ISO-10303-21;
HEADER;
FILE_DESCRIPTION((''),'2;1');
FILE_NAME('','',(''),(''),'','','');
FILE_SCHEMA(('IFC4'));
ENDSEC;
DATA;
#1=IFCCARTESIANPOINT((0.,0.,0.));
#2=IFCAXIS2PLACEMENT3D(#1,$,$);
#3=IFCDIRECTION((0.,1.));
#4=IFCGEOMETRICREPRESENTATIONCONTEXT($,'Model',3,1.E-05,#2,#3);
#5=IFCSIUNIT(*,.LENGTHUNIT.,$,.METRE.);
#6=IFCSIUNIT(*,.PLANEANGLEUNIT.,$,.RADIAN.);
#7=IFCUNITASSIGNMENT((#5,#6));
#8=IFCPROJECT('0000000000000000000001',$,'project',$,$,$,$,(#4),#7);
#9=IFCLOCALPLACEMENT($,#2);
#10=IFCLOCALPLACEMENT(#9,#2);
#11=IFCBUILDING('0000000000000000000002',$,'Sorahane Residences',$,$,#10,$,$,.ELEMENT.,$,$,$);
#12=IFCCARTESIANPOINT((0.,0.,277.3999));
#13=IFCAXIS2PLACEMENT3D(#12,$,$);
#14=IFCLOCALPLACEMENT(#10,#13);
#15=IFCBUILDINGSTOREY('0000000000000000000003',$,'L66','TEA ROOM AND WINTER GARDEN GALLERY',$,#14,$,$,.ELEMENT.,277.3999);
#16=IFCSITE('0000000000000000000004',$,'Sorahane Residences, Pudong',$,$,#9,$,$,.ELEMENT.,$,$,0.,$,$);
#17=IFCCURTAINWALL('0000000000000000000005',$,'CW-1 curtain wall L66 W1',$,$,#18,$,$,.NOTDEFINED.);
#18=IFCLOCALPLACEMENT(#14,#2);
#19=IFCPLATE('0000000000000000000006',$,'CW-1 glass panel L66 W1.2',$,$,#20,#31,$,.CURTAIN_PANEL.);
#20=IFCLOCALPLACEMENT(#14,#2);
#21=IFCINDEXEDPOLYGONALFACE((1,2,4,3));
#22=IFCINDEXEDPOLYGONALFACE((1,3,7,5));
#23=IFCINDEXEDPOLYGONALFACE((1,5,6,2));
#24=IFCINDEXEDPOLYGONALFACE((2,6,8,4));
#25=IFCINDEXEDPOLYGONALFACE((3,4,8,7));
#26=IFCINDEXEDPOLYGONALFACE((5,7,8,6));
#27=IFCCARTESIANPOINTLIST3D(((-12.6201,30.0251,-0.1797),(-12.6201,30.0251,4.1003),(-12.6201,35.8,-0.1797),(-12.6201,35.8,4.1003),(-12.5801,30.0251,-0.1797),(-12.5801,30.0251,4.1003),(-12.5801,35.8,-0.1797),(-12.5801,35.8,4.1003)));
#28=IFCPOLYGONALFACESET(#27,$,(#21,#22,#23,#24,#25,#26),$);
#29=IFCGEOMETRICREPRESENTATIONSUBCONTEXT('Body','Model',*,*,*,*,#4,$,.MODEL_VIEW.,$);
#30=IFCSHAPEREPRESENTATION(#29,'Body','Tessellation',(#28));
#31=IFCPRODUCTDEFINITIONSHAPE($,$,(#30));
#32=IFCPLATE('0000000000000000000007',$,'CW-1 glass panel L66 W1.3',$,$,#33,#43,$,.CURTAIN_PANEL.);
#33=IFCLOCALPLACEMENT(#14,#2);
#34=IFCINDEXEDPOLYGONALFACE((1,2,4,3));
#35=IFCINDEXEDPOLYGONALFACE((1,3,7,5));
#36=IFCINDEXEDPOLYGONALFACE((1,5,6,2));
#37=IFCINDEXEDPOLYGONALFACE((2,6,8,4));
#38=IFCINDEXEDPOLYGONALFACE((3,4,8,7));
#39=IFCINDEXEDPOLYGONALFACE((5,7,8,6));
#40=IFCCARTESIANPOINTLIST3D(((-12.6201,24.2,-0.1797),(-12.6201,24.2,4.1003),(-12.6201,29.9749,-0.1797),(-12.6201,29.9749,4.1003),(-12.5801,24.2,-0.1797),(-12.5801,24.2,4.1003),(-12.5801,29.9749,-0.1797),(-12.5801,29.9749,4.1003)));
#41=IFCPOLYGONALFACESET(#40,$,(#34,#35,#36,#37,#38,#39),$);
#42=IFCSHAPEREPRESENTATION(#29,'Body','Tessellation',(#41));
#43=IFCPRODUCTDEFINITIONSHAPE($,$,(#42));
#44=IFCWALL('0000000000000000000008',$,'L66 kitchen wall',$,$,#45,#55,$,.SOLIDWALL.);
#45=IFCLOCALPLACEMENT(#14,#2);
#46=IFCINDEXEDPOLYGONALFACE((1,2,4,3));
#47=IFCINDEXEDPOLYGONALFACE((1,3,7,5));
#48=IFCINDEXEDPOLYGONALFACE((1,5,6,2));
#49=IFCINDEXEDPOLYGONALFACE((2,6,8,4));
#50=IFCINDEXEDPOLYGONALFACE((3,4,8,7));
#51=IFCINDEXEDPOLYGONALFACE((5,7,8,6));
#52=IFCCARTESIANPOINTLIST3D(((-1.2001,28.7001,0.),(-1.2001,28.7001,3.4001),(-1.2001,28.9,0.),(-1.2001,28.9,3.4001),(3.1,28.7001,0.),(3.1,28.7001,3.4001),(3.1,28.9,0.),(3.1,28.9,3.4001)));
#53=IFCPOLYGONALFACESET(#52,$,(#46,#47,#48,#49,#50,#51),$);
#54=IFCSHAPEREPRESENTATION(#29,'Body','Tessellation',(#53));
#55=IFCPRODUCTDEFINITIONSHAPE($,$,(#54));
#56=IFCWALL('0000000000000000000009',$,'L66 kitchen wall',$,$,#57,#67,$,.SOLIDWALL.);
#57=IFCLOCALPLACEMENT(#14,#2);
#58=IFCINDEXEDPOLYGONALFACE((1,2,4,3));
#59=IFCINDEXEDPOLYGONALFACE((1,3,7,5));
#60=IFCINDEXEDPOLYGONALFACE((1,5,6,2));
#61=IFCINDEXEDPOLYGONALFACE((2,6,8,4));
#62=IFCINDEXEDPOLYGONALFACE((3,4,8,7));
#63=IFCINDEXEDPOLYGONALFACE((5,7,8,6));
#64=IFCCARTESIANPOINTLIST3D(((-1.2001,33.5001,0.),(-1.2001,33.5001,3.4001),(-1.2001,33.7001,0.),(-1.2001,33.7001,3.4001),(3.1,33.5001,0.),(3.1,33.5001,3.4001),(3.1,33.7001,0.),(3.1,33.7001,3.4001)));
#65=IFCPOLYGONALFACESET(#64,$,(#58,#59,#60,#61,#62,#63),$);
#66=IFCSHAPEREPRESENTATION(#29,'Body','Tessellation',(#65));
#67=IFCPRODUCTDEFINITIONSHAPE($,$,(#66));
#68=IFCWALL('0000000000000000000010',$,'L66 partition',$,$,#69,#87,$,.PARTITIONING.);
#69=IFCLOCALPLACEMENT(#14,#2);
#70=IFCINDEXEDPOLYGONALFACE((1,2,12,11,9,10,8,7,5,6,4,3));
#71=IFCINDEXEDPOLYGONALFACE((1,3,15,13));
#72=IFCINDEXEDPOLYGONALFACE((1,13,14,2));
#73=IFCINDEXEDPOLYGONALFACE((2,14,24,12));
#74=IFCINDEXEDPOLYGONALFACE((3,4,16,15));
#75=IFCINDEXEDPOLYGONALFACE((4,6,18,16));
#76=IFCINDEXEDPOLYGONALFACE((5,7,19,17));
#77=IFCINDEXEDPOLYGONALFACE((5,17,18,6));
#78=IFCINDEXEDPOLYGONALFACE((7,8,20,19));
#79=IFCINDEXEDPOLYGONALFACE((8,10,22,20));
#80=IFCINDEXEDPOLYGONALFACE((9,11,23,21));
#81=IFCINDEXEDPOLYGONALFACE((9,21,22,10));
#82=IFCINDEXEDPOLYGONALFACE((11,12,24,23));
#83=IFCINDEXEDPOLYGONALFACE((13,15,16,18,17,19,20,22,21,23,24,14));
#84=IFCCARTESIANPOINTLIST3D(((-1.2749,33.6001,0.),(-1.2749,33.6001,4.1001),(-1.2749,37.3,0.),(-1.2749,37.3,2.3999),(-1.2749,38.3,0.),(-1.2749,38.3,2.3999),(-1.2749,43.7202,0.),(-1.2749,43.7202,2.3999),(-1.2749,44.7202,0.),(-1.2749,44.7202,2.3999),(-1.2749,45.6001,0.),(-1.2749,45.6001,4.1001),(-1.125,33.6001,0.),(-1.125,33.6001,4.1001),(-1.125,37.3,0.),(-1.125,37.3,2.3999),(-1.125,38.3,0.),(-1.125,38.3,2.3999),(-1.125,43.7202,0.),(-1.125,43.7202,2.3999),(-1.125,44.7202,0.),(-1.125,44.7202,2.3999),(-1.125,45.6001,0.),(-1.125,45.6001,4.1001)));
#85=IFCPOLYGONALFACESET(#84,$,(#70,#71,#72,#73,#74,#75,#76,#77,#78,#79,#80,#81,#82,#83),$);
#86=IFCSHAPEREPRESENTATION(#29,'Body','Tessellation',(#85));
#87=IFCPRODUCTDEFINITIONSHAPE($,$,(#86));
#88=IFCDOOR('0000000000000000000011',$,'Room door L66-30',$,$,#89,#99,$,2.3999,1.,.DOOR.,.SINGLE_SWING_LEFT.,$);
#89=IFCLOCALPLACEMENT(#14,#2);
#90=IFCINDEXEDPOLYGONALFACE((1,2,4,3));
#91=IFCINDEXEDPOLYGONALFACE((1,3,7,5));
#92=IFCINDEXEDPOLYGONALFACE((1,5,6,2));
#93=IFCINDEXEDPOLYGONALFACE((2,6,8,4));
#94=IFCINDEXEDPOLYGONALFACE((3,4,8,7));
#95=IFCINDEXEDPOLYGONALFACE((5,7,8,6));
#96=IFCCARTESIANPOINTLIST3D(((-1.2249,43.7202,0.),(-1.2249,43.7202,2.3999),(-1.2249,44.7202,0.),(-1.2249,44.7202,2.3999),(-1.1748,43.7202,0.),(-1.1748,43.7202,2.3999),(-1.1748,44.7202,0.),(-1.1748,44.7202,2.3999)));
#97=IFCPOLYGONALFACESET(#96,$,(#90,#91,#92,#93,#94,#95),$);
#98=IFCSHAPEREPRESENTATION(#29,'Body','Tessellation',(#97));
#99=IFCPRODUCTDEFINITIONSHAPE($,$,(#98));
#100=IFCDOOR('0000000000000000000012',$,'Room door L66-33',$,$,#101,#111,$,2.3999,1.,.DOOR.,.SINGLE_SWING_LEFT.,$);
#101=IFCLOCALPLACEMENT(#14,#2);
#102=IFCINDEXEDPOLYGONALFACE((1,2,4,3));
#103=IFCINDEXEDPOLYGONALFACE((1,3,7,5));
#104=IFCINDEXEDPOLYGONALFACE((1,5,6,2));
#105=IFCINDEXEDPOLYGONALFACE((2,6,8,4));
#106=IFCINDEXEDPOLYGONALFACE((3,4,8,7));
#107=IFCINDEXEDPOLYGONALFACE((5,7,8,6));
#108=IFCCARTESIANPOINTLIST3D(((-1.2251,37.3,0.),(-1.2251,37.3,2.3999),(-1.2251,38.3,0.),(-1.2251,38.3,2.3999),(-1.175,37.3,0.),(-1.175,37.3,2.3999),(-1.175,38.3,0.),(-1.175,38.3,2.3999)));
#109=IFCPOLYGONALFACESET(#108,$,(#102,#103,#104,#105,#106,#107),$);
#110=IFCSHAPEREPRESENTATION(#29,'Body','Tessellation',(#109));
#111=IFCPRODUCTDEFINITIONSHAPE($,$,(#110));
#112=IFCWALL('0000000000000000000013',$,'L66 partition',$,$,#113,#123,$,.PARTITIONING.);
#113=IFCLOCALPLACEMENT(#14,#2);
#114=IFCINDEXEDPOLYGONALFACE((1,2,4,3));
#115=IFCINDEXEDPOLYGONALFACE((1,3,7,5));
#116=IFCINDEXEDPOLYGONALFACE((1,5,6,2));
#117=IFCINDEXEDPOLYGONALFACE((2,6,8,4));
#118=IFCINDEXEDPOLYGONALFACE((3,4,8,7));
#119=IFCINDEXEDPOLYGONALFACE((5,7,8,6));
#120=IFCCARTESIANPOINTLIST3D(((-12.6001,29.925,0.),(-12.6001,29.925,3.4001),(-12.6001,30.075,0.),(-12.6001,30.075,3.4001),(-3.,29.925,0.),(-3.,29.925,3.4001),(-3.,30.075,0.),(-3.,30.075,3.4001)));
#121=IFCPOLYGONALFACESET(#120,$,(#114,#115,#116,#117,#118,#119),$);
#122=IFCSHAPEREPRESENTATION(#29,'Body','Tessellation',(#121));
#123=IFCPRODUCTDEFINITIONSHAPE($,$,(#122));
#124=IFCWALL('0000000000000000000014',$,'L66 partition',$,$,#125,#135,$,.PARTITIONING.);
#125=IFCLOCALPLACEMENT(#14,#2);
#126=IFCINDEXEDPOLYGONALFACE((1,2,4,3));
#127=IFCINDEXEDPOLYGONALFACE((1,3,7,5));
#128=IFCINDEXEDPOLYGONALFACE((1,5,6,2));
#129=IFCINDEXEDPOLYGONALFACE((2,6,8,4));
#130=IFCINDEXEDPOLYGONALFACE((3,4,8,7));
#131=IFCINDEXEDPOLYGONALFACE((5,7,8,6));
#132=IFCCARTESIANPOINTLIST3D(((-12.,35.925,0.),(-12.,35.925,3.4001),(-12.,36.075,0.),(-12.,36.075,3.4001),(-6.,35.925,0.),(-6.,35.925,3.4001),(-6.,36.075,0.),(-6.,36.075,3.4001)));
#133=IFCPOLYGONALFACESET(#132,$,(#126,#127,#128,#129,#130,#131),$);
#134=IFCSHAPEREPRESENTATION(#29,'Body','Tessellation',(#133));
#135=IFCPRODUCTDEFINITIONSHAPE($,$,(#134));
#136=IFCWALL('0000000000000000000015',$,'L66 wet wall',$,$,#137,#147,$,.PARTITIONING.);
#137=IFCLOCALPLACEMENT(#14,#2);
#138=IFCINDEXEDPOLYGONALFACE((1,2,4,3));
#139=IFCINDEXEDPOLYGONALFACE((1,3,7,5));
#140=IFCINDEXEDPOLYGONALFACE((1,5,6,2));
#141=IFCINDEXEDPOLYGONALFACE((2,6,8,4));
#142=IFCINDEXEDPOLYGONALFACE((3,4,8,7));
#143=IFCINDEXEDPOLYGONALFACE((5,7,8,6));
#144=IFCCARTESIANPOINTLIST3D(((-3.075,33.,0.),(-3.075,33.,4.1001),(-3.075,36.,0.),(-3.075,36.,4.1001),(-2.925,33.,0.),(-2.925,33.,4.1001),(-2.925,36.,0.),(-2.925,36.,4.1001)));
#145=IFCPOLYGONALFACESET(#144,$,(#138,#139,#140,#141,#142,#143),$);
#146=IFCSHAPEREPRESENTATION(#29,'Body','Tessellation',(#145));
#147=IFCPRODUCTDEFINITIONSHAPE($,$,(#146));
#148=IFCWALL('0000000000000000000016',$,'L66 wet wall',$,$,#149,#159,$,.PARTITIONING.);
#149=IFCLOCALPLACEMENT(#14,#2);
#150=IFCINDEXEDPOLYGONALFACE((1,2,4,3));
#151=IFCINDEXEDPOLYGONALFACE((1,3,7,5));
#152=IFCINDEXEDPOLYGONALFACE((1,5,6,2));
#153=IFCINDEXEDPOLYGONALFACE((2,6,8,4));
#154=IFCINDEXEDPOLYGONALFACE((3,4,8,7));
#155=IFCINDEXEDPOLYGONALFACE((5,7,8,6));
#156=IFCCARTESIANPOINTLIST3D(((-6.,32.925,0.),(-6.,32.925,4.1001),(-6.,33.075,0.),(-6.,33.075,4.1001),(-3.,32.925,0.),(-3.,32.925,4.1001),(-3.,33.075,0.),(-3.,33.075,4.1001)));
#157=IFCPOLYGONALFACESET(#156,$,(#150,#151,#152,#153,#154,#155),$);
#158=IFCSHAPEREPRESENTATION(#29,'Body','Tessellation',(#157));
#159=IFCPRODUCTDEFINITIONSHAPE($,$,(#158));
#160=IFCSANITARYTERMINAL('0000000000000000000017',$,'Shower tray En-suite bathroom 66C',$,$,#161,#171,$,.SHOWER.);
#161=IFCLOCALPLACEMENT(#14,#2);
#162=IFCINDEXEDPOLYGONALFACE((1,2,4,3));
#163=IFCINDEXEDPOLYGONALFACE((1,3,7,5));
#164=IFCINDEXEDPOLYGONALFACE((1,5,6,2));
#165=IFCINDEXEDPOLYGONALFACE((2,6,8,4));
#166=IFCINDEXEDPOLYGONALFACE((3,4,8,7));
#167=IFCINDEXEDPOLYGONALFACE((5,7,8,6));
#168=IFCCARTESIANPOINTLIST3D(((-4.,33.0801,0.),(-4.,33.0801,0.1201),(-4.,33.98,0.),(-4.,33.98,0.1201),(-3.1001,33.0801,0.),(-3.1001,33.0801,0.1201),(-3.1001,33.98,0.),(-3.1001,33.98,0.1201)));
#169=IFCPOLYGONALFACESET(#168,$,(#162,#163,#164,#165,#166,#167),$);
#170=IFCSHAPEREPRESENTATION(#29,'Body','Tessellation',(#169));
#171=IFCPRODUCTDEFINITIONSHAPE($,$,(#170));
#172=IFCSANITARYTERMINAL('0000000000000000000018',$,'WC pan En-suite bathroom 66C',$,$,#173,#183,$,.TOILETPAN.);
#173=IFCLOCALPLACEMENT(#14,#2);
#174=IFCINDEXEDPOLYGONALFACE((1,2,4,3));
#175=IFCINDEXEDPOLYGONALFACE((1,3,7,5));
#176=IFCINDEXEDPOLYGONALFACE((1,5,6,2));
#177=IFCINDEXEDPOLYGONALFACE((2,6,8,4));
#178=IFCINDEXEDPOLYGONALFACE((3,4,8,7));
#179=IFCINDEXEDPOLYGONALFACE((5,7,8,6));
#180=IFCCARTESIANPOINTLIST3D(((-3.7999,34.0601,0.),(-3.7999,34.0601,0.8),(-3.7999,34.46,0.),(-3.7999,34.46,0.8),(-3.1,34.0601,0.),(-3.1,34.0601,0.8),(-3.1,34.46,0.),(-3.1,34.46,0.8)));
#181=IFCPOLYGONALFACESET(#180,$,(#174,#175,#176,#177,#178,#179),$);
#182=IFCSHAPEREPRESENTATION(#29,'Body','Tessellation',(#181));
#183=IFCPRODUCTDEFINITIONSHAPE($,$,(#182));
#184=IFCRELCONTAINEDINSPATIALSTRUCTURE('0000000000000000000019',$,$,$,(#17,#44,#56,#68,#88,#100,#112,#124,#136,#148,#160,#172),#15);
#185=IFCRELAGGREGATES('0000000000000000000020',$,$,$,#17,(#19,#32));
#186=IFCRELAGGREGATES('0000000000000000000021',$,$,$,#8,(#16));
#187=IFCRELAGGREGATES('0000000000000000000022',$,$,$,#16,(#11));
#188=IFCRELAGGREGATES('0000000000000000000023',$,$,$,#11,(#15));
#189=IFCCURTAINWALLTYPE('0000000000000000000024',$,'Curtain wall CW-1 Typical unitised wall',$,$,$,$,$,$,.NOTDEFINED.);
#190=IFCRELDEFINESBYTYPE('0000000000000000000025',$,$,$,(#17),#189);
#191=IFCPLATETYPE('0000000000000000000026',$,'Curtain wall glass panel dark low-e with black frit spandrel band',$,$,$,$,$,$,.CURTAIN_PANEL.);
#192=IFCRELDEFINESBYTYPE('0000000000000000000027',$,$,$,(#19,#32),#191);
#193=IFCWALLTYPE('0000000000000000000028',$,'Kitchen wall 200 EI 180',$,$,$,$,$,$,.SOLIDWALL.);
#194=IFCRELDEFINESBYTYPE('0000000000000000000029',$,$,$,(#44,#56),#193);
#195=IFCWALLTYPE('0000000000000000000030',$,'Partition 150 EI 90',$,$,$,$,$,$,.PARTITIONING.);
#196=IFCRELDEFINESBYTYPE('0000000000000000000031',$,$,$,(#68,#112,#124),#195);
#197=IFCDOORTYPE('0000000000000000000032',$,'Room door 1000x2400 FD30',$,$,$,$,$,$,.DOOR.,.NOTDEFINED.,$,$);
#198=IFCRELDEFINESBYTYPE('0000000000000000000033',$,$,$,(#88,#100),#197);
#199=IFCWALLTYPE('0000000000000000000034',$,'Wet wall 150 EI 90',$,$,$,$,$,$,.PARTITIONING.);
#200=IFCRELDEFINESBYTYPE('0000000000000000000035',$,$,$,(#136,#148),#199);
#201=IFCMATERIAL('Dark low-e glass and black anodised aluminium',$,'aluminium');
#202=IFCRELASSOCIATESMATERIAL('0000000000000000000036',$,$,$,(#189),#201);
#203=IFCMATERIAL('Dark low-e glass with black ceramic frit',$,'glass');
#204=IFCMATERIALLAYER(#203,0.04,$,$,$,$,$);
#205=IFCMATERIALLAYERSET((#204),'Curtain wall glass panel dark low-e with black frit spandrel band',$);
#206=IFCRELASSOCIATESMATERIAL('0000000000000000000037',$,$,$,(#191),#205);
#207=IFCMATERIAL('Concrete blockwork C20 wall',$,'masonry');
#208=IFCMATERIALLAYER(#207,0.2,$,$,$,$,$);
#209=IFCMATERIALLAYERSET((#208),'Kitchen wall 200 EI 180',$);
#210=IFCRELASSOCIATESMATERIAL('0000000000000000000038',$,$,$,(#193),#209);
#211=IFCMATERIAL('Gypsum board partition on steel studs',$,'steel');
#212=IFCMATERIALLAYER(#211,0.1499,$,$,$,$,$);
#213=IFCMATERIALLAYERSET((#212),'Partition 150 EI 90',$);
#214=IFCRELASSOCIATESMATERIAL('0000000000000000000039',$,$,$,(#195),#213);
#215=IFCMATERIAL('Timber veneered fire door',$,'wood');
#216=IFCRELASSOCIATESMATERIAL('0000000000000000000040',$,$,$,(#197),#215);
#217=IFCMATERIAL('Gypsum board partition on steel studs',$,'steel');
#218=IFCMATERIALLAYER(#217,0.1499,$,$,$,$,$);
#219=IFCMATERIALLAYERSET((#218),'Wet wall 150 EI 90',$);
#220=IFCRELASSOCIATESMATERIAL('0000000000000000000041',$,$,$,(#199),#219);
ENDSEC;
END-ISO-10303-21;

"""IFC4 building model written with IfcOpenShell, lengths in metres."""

from ifc_helpers import new_model, si_unit, direction, frame, frame_2d, origin, origin_2d, place, context, subcontext, project, spatial, rectangle, extrude, material, layer, layer_set, type_object, element, fill, aggregate, save


model = new_model("IFC4")

# Units and contexts
model_context = context("Model", 3, precision=1e-05, world=origin(), true_north=direction((0.0, 1.0)))
body_context = subcontext(model_context, "Body", "Model", "MODEL_VIEW")
ifc_project = project(units=[si_unit("LENGTHUNIT", "METRE"), si_unit("PLANEANGLEUNIT", "RADIAN")], contexts=[model_context])

# Site, building, storey
site_placement = place(None, origin())
site = spatial("IfcSite", under=ifc_project, at=site_placement, Name="Sorahane Residences, Pudong", CompositionType="ELEMENT", RefElevation=0.0)
building_placement = place(site_placement, origin())
building = spatial("IfcBuilding", under=site, at=building_placement, Name="Sorahane Residences", CompositionType="ELEMENT")
storey_placement = place(building_placement, frame((0.0, 0.0, 277.3999)))
storey = spatial("IfcBuildingStorey", under=building, at=storey_placement, Name="L66", Description="TEA ROOM AND WINTER GARDEN GALLERY", CompositionType="ELEMENT", Elevation=277.3999)

# Curtain wall
ifc_material_1 = material(Name="Dark low-e glass and black anodised aluminium", Category="aluminium")
curtain_wall_type = type_object("IfcCurtainWallType", Name="Curtain wall CW-1 Typical unitised wall", PredefinedType="NOTDEFINED", material=ifc_material_1)
curtain_wall_placement = place(storey_placement, origin())
curtain_wall = element("IfcCurtainWall", 1, at=curtain_wall_placement, inside=storey, type_object=curtain_wall_type, Name="CW-1 curtain wall L66 W1", PredefinedType="NOTDEFINED")

# Plates
ifc_material_2 = material(Name="Dark low-e glass with black ceramic frit", Category="glass")
ifc_layer_1 = layer(ifc_material_2, 0.04)
ifc_layer_set_1 = layer_set([ifc_layer_1], Name="Curtain wall glass panel dark low-e with black frit spandrel band")
plate_type = type_object("IfcPlateType", Name="Curtain wall glass panel dark low-e with black frit spandrel band", PredefinedType="CURTAIN_PANEL", material=ifc_layer_set_1)
plate_1_placement = place(storey_placement, frame((-12.6001, 32.9126, -0.1797), z_axis=(0.0, 0.0, 1.0), x_axis=(0.0, -1.0, 0.0)))
plate_1 = element("IfcPlate", 2, at=plate_1_placement, type_object=plate_type, Name="CW-1 glass panel L66 W1.2", PredefinedType="CURTAIN_PANEL", context=body_context, shape_type="SweptSolid", body=[
    extrude(rectangle(XDim=5.7749, YDim=0.04, at=origin_2d()), origin(), (0.0, 0.0, 1.0), 4.28),
])
plate_2_placement = place(storey_placement, frame((-12.6001, 27.0874, -0.1797), z_axis=(0.0, 0.0, 1.0), x_axis=(0.0, -1.0, 0.0)))
plate_2 = element("IfcPlate", 3, at=plate_2_placement, type_object=plate_type, Name="CW-1 glass panel L66 W1.3", PredefinedType="CURTAIN_PANEL", context=body_context, shape_type="SweptSolid", body=[
    extrude(rectangle(XDim=5.7749, YDim=0.04, at=origin_2d()), origin(), (0.0, 0.0, 1.0), 4.28),
])
aggregate(curtain_wall, [plate_1, plate_2])

# Shared definitions
ifc_material_3 = material(Name="Concrete blockwork C20 wall", Category="masonry")
ifc_layer_2 = layer(ifc_material_3, 0.2)
ifc_layer_set_2 = layer_set([ifc_layer_2], Name="Kitchen wall 200 EI 180")
wall_type_1 = type_object("IfcWallType", Name="Kitchen wall 200 EI 180", PredefinedType="SOLIDWALL", material=ifc_layer_set_2)

# Walls
for number, where, z_axis, x_axis, name in (
    (4, (-1.2, 28.8, 0.0), (0.0, 0.0, 1.0), (1.0, 0.0, 0.0), "L66 kitchen wall"),
    (5, (-1.2, 33.6001, 0.0), (0.0, 0.0, 1.0), (1.0, 0.0, 0.0), "L66 kitchen wall"),
):
    element("IfcWall", number, at=place(storey_placement, frame(where, z_axis=z_axis, x_axis=x_axis)), inside=storey, type_object=wall_type_1, Name=name, PredefinedType="SOLIDWALL", context=body_context, shape_type="SweptSolid", body=[
        extrude(rectangle(XDim=4.3, YDim=0.2, at=frame_2d((2.1499, 0.0))), origin(), (0.0, 0.0, 1.0), 3.4001),
    ])

# Wall, openings, doors
ifc_material_4 = material(Name="Gypsum board partition on steel studs", Category="steel")
ifc_layer_3 = layer(ifc_material_4, 0.1499)
ifc_layer_set_3 = layer_set([ifc_layer_3], Name="Partition 150 EI 90")
wall_type_2 = type_object("IfcWallType", Name="Partition 150 EI 90", PredefinedType="PARTITIONING", material=ifc_layer_set_3)
wall_1_placement = place(storey_placement, frame((-1.2, 33.6001, 0.0), z_axis=(0.0, 0.0, 1.0), x_axis=(0.0, 1.0, 0.0)))
wall_1 = element("IfcWall", 6, at=wall_1_placement, inside=storey, type_object=wall_type_2, Name="L66 partition", PredefinedType="PARTITIONING", context=body_context, shape_type="SweptSolid", body=[
    extrude(rectangle(XDim=12.0, YDim=0.1499, at=frame_2d((6.0, 0.0))), origin(), (0.0, 0.0, 1.0), 4.1001),
])
opening_1_placement = place(wall_1_placement, frame((10.1201, 0.0, 0.0)))
opening_1 = element("IfcOpeningElement", 7, at=opening_1_placement, cuts=wall_1, PredefinedType="OPENING", context=body_context, shape_type="SweptSolid", body=[
    extrude(rectangle(XDim=1.0, YDim=2.3999, at=frame_2d((0.5, 1.2))), frame((0.0, 0.085, 0.0), z_axis=(0.0, -1.0, 0.0), x_axis=(1.0, 0.0, 0.0)), (0.0, 0.0, 1.0), 0.1699),
])
opening_2_placement = place(wall_1_placement, frame((3.7, 0.0, 0.0)))
opening_2 = element("IfcOpeningElement", 8, at=opening_2_placement, cuts=wall_1, PredefinedType="OPENING", context=body_context, shape_type="SweptSolid", body=[
    extrude(rectangle(XDim=1.0, YDim=2.3999, at=frame_2d((0.5, 1.2))), frame((0.0, 0.085, 0.0), z_axis=(0.0, -1.0, 0.0), x_axis=(1.0, 0.0, 0.0)), (0.0, 0.0, 1.0), 0.1699),
])
ifc_material_5 = material(Name="Timber veneered fire door", Category="wood")
door_type_1 = type_object("IfcDoorType", Name="Room door 1000x2400 FD30", OperationType="NOTDEFINED", PredefinedType="DOOR", material=ifc_material_5)
door_1_placement = place(opening_1_placement, origin())
door_1 = element("IfcDoor", 9, at=door_1_placement, inside=storey, type_object=door_type_1, Name="Room door L66-30", OperationType="SINGLE_SWING_LEFT", OverallHeight=2.3999, OverallWidth=1.0, PredefinedType="DOOR", context=body_context, shape_type="SweptSolid", body=[
    extrude(rectangle(XDim=1.0, YDim=2.3999, at=frame_2d((0.5, 1.2))), frame((0.0, 0.0249, 0.0), z_axis=(0.0, -1.0, 0.0), x_axis=(1.0, 0.0, 0.0)), (0.0, 0.0, 1.0), 0.05),
])
fill(opening_1, door_1)
door_2_placement = place(opening_2_placement, frame((1.0, 0.0, 0.0), z_axis=(0.0, 0.0, 1.0), x_axis=(-1.0, 0.0, 0.0)))
door_2 = element("IfcDoor", 10, at=door_2_placement, inside=storey, type_object=door_type_1, Name="Room door L66-33", OperationType="SINGLE_SWING_LEFT", OverallHeight=2.3999, OverallWidth=1.0, PredefinedType="DOOR", context=body_context, shape_type="SweptSolid", body=[
    extrude(rectangle(XDim=1.0, YDim=2.3999, at=frame_2d((0.5, 1.2))), frame((0.0, 0.0249, 0.0), z_axis=(0.0, -1.0, 0.0), x_axis=(1.0, 0.0, 0.0)), (0.0, 0.0, 1.0), 0.05),
])
fill(opening_2, door_2)

# Walls
wall_2_placement = place(storey_placement, frame((-12.6001, 30.0, 0.0), z_axis=(0.0, 0.0, 1.0), x_axis=(1.0, 0.0, 0.0)))
element("IfcWall", 11, at=wall_2_placement, inside=storey, type_object=wall_type_2, Name="L66 partition", PredefinedType="PARTITIONING", context=body_context, shape_type="SweptSolid", body=[
    extrude(rectangle(XDim=9.6001, YDim=0.1499, at=frame_2d((4.8, 0.0))), origin(), (0.0, 0.0, 1.0), 3.4001),
])
wall_3_placement = place(storey_placement, frame((-12.0, 36.0, 0.0), z_axis=(0.0, 0.0, 1.0), x_axis=(1.0, 0.0, 0.0)))
element("IfcWall", 12, at=wall_3_placement, inside=storey, type_object=wall_type_2, Name="L66 partition", PredefinedType="PARTITIONING", context=body_context, shape_type="SweptSolid", body=[
    extrude(rectangle(XDim=6.0, YDim=0.1499, at=frame_2d((3.0, 0.0))), origin(), (0.0, 0.0, 1.0), 3.4001),
])
ifc_material_6 = material(Name="Gypsum board partition on steel studs", Category="steel")
ifc_layer_4 = layer(ifc_material_6, 0.1499)
ifc_layer_set_4 = layer_set([ifc_layer_4], Name="Wet wall 150 EI 90")
wall_type_3 = type_object("IfcWallType", Name="Wet wall 150 EI 90", PredefinedType="PARTITIONING", material=ifc_layer_set_4)
wall_4_placement = place(storey_placement, frame((-3.0, 33.0, 0.0), z_axis=(0.0, 0.0, 1.0), x_axis=(0.0, 1.0, 0.0)))
element("IfcWall", 13, at=wall_4_placement, inside=storey, type_object=wall_type_3, Name="L66 wet wall", PredefinedType="PARTITIONING", context=body_context, shape_type="SweptSolid", body=[
    extrude(rectangle(XDim=3.0, YDim=0.1499, at=frame_2d((1.5, 0.0))), origin(), (0.0, 0.0, 1.0), 4.1001),
])

# Wall
wall_5_placement = place(storey_placement, frame((-6.0, 33.0, 0.0), z_axis=(0.0, 0.0, 1.0), x_axis=(1.0, 0.0, 0.0)))
element("IfcWall", 14, at=wall_5_placement, inside=storey, type_object=wall_type_3, Name="L66 wet wall", PredefinedType="PARTITIONING", context=body_context, shape_type="SweptSolid", body=[
    extrude(rectangle(XDim=3.0, YDim=0.1499, at=frame_2d((1.5, 0.0))), origin(), (0.0, 0.0, 1.0), 4.1001),
])

# Sanitary terminals
sanitary_terminal_1_placement = place(storey_placement, frame((-3.55, 33.53, 0.0), z_axis=(0.0, 0.0, 1.0), x_axis=(0.0, -1.0, 0.0)))
element("IfcSanitaryTerminal", 15, at=sanitary_terminal_1_placement, inside=storey, Name="Shower tray En-suite bathroom 66C", PredefinedType="SHOWER", context=body_context, shape_type="SweptSolid", body=[
    extrude(rectangle(XDim=0.8999, YDim=0.8999, at=origin_2d()), origin(), (0.0, 0.0, 1.0), 0.1201),
])
sanitary_terminal_2_placement = place(storey_placement, frame((-3.45, 34.26, 0.0), z_axis=(0.0, 0.0, 1.0), x_axis=(0.0, -1.0, 0.0)))
element("IfcSanitaryTerminal", 16, at=sanitary_terminal_2_placement, inside=storey, Name="WC pan En-suite bathroom 66C", PredefinedType="TOILETPAN", context=body_context, shape_type="SweptSolid", body=[
    extrude(rectangle(XDim=0.3999, YDim=0.7, at=origin_2d()), origin(), (0.0, 0.0, 1.0), 0.8),
])

save(model, "model.ifc")
